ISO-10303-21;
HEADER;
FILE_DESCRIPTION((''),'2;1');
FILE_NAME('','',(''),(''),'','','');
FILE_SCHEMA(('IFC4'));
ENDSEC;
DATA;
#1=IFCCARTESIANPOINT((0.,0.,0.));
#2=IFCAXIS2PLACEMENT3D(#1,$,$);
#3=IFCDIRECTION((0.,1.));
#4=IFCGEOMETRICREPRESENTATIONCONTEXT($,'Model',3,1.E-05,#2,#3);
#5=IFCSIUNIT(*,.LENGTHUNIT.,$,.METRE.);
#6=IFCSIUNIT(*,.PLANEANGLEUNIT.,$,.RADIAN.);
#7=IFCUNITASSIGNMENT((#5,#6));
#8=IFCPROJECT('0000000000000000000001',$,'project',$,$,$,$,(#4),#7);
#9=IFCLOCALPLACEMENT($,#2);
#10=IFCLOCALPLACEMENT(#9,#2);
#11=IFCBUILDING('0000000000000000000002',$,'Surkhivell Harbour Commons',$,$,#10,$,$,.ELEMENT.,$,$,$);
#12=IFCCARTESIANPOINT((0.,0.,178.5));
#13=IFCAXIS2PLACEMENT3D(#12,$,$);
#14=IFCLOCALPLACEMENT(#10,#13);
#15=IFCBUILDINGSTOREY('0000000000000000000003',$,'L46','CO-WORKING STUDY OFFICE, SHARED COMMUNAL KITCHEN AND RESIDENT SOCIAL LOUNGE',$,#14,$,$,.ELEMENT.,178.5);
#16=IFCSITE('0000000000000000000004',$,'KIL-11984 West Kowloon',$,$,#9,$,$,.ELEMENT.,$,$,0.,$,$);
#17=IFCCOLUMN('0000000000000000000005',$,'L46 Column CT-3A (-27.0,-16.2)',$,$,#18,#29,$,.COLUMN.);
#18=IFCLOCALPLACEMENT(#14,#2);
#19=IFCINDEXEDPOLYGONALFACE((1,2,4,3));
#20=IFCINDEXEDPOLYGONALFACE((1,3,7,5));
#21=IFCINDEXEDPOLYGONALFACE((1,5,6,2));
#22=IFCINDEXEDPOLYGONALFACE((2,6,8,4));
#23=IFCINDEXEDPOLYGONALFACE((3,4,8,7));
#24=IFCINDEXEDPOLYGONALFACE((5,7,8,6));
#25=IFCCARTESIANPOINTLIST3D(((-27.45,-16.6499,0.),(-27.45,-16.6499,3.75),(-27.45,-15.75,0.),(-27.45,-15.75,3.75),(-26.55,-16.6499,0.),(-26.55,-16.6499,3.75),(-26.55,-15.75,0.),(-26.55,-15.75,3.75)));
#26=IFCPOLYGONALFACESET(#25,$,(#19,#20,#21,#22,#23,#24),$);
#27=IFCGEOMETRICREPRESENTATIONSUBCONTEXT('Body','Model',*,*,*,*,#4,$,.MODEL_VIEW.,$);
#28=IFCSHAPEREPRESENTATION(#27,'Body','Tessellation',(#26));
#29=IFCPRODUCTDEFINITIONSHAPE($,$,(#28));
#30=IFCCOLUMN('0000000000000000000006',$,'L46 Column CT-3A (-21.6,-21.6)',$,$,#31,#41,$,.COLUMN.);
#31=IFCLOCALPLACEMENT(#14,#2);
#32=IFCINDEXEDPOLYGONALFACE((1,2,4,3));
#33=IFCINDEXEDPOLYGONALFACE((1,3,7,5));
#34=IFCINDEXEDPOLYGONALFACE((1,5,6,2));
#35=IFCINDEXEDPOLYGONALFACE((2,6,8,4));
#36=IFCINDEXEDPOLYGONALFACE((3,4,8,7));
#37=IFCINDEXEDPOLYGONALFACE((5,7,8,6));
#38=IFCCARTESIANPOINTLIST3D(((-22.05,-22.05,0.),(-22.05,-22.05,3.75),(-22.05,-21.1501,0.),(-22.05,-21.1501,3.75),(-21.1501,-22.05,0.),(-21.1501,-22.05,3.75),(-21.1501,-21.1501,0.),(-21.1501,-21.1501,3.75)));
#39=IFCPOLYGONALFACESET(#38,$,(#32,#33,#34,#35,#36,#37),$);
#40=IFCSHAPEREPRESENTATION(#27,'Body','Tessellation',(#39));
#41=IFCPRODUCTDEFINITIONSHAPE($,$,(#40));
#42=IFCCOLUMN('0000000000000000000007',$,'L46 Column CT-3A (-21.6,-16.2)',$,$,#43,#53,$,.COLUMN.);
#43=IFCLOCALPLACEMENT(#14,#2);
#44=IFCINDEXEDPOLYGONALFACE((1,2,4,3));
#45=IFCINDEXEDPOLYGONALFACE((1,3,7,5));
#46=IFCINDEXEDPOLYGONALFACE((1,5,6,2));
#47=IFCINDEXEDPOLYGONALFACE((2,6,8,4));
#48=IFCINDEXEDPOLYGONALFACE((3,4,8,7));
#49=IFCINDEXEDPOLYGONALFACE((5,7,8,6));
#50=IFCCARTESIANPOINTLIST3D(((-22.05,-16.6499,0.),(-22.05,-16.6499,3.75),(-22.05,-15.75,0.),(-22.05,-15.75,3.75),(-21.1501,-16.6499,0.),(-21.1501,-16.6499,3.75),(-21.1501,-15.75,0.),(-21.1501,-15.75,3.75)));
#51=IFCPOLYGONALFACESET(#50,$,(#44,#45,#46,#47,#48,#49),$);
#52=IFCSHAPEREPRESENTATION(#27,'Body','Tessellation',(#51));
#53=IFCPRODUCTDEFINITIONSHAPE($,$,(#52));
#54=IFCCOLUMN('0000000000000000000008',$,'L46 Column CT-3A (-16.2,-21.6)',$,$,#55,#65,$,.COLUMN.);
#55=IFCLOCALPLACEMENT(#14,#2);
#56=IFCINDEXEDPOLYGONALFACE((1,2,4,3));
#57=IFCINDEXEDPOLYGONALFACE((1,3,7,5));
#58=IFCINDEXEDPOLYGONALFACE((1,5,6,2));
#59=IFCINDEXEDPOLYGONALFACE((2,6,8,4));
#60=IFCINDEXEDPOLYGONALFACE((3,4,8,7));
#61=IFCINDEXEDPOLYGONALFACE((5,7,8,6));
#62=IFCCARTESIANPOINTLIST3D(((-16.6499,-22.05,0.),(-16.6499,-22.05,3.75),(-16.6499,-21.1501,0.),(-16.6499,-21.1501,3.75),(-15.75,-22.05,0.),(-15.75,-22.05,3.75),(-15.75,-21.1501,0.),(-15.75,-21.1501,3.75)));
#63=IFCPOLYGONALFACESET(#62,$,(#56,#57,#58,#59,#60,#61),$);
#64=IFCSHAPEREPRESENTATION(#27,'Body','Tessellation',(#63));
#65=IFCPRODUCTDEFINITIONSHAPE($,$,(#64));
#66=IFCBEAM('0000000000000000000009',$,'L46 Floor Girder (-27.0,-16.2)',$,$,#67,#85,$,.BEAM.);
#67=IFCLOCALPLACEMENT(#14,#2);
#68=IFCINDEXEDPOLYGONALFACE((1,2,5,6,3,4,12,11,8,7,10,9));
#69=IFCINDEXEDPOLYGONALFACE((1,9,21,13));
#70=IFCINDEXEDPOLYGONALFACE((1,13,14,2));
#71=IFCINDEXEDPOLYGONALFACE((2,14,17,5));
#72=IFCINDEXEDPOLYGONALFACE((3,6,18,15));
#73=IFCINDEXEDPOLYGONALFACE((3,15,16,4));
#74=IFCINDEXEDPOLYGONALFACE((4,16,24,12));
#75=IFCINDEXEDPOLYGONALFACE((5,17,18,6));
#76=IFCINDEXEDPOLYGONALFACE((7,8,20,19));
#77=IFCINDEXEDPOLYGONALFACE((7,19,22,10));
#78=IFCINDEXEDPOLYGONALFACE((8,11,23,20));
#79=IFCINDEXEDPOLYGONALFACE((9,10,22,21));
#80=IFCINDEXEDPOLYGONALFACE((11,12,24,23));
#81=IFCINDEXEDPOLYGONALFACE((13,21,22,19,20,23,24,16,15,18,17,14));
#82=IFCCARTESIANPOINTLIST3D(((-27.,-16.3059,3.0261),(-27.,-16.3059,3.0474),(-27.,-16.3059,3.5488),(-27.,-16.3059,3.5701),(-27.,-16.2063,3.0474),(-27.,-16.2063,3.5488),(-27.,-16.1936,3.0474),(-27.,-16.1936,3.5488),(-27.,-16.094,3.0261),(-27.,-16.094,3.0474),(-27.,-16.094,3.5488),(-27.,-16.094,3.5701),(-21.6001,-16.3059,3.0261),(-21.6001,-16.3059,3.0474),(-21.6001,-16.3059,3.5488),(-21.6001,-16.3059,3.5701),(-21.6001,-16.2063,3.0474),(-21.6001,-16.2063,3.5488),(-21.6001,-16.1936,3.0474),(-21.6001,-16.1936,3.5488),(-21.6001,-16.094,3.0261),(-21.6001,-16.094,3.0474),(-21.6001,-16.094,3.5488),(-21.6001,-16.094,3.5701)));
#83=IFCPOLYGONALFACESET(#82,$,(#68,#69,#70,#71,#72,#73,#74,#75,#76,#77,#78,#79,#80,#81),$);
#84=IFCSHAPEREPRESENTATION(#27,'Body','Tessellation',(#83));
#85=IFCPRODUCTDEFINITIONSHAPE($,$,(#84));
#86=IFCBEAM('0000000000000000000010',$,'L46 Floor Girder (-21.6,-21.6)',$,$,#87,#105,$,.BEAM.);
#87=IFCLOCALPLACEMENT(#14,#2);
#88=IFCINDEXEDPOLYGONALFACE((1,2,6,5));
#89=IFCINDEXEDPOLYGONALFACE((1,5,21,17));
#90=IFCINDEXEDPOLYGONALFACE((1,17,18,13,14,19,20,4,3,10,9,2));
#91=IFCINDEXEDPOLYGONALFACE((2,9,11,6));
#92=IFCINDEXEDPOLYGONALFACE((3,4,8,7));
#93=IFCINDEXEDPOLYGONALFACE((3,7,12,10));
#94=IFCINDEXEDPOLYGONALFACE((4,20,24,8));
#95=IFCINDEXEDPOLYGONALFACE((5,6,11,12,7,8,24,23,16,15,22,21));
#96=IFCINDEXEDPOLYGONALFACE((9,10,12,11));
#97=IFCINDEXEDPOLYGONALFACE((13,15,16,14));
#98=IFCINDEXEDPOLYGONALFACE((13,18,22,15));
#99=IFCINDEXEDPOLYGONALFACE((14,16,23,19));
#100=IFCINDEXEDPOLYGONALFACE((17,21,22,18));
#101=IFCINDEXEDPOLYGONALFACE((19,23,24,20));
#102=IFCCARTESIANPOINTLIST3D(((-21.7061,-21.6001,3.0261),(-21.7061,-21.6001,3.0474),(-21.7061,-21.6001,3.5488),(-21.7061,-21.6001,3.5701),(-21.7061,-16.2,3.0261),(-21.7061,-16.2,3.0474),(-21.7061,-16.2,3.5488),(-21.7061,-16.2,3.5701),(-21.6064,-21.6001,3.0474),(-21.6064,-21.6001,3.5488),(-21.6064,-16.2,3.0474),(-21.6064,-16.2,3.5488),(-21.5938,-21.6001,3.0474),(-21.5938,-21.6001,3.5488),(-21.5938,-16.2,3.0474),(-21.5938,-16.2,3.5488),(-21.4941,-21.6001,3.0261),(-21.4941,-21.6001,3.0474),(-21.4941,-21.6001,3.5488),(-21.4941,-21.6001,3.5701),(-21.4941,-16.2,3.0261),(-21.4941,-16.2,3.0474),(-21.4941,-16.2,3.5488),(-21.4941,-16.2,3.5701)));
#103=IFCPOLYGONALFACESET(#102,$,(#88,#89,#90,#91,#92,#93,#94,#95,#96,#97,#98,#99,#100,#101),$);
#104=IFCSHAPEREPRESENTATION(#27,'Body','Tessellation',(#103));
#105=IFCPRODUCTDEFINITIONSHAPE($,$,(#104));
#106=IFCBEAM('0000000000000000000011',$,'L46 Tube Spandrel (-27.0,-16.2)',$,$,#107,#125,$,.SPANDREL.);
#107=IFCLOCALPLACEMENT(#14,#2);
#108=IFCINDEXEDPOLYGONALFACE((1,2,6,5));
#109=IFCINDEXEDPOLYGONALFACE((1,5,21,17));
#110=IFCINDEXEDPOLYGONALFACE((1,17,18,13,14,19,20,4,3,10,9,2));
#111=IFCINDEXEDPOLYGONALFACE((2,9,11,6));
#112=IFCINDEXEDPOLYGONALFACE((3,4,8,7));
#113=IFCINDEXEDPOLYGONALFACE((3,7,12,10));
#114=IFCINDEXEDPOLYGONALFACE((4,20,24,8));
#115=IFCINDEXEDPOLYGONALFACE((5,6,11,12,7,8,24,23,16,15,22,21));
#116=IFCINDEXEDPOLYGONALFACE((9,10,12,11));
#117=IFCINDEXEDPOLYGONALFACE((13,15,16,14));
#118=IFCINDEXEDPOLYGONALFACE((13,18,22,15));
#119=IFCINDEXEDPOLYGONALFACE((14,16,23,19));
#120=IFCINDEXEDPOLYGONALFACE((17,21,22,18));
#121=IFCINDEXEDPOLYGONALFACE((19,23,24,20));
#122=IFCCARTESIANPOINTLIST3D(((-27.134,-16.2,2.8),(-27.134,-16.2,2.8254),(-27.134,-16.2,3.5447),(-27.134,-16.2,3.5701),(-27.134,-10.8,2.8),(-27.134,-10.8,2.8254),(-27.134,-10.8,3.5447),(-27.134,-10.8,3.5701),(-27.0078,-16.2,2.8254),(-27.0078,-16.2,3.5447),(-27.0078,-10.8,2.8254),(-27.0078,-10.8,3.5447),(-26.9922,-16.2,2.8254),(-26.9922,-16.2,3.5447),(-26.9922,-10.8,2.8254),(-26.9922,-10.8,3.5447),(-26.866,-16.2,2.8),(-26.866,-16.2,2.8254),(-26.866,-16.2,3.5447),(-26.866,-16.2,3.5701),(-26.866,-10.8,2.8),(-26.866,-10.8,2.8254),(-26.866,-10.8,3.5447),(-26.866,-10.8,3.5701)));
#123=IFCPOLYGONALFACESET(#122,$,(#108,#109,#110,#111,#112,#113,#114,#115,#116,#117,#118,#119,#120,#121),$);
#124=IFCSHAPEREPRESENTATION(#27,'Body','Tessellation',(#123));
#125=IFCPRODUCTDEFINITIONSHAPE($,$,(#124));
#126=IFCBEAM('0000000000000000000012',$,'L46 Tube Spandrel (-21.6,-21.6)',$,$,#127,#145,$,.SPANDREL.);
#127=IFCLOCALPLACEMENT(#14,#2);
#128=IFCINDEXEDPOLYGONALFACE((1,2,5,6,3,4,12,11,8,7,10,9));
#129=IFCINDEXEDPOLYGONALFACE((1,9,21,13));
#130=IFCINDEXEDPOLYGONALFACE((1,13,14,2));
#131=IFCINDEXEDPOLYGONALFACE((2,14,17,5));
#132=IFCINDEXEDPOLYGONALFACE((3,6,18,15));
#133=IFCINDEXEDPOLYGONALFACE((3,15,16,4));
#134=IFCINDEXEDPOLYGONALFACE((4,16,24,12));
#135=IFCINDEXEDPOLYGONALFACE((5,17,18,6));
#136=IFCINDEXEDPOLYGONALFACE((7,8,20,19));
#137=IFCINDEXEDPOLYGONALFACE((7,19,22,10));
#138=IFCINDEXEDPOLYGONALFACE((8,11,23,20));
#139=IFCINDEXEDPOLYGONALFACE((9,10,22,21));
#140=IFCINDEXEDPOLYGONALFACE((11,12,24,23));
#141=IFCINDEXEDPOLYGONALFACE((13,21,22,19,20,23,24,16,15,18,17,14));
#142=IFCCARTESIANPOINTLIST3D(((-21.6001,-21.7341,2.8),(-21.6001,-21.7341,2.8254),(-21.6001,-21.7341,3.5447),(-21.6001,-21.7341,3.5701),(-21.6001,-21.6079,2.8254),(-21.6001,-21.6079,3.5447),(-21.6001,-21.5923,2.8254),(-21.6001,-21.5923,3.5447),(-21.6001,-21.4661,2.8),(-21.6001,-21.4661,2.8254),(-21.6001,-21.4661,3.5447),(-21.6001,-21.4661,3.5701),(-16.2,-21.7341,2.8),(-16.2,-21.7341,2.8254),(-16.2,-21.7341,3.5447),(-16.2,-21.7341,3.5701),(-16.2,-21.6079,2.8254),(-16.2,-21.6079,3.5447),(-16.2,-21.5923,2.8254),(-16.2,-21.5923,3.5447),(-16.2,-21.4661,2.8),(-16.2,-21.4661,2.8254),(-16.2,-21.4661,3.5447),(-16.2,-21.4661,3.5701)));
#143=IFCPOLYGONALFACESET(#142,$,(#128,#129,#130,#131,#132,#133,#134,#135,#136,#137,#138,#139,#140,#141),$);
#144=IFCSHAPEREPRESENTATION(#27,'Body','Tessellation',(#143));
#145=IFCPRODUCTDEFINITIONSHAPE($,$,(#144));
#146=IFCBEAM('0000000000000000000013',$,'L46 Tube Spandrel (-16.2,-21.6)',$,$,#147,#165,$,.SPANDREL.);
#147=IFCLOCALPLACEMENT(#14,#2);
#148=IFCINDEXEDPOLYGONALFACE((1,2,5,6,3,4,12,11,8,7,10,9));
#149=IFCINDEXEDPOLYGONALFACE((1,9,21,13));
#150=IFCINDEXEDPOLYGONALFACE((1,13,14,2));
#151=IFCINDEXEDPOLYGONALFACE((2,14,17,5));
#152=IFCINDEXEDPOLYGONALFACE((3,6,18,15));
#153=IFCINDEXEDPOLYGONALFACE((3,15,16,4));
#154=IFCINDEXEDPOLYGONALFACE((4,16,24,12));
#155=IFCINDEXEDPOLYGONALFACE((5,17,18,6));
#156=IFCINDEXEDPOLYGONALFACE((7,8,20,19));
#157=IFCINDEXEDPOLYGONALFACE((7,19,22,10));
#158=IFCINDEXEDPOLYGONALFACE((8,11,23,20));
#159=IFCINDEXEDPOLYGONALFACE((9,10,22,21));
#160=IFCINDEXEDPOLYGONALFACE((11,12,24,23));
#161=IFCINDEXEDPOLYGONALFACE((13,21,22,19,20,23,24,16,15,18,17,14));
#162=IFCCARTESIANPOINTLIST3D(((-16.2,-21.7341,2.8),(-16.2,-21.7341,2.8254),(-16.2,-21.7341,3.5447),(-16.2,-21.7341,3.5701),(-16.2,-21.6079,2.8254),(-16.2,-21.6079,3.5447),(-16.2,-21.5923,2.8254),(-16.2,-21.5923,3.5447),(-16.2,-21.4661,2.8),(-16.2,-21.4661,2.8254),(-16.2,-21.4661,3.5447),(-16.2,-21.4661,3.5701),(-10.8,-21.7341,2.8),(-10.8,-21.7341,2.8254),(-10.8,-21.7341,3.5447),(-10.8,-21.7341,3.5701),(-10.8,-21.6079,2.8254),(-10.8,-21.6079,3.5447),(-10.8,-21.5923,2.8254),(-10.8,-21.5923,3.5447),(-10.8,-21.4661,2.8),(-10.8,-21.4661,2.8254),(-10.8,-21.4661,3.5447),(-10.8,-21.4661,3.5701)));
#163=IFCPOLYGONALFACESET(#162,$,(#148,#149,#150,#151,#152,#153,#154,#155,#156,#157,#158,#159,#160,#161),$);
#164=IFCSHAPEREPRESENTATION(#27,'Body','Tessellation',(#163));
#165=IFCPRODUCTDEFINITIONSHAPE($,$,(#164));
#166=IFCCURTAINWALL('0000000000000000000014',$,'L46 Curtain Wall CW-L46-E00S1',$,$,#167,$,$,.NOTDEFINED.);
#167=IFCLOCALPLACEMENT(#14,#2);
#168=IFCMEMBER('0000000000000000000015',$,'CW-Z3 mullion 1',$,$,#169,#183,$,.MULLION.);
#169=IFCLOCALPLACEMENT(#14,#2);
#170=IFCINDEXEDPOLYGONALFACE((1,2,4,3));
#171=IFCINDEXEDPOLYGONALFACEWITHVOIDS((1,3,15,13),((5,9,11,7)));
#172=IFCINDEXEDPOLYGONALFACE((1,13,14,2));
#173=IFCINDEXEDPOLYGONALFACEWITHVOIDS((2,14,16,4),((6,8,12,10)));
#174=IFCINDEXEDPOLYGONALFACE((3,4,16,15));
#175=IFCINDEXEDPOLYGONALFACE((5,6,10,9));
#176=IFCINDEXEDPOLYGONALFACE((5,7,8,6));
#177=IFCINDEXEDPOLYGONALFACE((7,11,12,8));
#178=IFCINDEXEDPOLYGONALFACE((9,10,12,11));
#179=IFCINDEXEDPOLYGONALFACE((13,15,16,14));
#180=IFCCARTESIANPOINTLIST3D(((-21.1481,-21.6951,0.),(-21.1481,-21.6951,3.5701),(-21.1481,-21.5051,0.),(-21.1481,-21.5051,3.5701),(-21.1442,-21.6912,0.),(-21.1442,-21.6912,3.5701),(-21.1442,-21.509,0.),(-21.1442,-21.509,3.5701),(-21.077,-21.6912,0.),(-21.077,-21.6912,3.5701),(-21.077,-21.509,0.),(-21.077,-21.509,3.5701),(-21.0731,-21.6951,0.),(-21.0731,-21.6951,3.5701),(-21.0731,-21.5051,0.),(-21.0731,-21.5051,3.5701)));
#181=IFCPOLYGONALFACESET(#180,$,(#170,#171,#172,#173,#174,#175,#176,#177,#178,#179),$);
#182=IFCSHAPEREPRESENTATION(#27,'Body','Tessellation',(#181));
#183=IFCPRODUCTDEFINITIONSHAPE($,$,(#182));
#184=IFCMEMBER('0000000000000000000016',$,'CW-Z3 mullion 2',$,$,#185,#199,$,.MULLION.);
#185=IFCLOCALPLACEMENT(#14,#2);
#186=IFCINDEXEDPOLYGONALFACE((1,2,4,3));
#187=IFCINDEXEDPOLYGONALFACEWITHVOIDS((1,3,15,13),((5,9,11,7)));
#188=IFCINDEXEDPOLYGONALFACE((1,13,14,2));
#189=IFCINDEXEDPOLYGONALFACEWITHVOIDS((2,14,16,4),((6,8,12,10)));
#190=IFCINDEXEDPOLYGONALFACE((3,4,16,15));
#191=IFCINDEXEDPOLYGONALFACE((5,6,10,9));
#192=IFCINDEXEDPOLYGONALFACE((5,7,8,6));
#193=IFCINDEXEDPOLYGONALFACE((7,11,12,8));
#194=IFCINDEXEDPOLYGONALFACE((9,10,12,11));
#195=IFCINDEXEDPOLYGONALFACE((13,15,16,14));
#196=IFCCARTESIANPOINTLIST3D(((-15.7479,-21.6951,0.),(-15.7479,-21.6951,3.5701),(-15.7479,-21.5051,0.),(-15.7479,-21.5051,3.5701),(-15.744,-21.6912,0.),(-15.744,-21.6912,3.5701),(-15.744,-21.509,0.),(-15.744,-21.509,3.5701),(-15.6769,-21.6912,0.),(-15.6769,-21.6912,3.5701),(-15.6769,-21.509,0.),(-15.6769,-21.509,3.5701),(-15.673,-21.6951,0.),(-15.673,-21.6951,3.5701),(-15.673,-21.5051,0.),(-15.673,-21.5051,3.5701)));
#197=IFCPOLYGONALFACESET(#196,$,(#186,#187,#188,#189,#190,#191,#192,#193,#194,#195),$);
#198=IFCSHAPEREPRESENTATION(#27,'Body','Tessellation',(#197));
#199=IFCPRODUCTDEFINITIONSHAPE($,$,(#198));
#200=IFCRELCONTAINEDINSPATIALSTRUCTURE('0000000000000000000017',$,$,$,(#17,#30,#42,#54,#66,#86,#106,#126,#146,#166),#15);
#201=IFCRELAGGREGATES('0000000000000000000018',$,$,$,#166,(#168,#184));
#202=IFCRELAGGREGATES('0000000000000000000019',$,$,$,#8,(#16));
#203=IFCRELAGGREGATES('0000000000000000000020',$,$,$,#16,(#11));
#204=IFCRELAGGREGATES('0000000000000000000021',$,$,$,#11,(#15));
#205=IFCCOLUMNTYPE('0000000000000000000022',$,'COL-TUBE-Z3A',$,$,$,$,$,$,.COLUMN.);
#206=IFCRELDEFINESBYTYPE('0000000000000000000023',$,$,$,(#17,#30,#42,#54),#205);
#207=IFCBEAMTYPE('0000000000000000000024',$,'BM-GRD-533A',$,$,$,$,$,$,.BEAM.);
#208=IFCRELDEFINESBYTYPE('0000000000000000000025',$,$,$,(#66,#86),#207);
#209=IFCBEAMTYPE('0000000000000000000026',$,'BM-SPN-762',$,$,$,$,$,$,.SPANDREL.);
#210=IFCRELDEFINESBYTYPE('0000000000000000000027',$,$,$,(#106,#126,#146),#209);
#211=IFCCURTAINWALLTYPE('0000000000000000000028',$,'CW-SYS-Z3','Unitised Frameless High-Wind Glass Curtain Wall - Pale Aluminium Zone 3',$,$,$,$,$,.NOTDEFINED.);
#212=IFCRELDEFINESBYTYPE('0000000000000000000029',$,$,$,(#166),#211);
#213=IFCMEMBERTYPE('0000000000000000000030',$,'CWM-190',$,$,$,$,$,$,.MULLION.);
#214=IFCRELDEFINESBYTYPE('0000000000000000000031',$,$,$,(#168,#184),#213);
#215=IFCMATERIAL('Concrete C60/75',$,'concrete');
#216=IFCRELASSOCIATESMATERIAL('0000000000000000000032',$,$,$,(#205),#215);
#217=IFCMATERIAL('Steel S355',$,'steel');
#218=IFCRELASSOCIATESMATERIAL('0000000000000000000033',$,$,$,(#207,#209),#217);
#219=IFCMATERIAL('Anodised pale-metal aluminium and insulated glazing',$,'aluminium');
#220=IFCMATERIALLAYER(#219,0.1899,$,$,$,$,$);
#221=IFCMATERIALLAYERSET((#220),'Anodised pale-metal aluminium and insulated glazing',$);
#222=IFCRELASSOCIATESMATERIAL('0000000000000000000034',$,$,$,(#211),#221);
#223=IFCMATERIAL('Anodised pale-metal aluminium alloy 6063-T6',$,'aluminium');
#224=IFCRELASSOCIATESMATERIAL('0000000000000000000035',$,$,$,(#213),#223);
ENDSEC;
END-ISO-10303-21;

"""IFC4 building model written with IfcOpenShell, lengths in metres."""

from ifc_helpers import new_model, si_unit, direction, frame, origin, origin_2d, place, context, subcontext, project, spatial, rectangle, hollow_rectangle, i_section, extrude, material, layer, layer_set, material_profile, profile_set, type_object, element, aggregate, save


model = new_model("IFC4")

# Units and contexts
model_context = context("Model", 3, precision=1e-05, world=origin(), true_north=direction((0.0, 1.0)))
body_context = subcontext(model_context, "Body", "Model", "MODEL_VIEW")
ifc_project = project(units=[si_unit("LENGTHUNIT", "METRE"), si_unit("PLANEANGLEUNIT", "RADIAN")], contexts=[model_context])

# Site, building, storey
site_placement = place(None, origin())
site = spatial("IfcSite", under=ifc_project, at=site_placement, Name="KIL-11984 West Kowloon", CompositionType="ELEMENT", RefElevation=0.0)
building_placement = place(site_placement, origin())
building = spatial("IfcBuilding", under=site, at=building_placement, Name="Surkhivell Harbour Commons", CompositionType="ELEMENT")
storey_placement = place(building_placement, frame((0.0, 0.0, 178.5)))
storey = spatial("IfcBuildingStorey", under=building, at=storey_placement, Name="L46", Description="CO-WORKING STUDY OFFICE, SHARED COMMUNAL KITCHEN AND RESIDENT SOCIAL LOUNGE", CompositionType="ELEMENT", Elevation=178.5)

# Columns
ifc_material_1 = material(Name="Concrete C60/75", Category="concrete")
ifc_material_profile_1 = material_profile(ifc_material_1, rectangle(XDim=0.8999, YDim=0.8999, at=origin_2d()), Name="RC-COL-900x900")
ifc_profile_set_1 = profile_set([ifc_material_profile_1], Name="Concrete C60/75")
column_type = type_object("IfcColumnType", Name="COL-TUBE-Z3A", PredefinedType="COLUMN", material=ifc_profile_set_1)
for number, where, z_axis, x_axis, name in (
    (1, (-27.0, -16.2, 0.0), (0.0, 0.0, 1.0), (1.0, 0.0, 0.0), "L46 Column CT-3A (-27.0,-16.2)"),
    (2, (-21.6001, -21.6001, 0.0), (0.0, 0.0, 1.0), (1.0, 0.0, 0.0), "L46 Column CT-3A (-21.6,-21.6)"),
    (3, (-21.6001, -16.2, 0.0), (0.0, 0.0, 1.0), (1.0, 0.0, 0.0), "L46 Column CT-3A (-21.6,-16.2)"),
    (4, (-16.2, -21.6001, 0.0), (0.0, 0.0, 1.0), (1.0, 0.0, 0.0), "L46 Column CT-3A (-16.2,-21.6)"),
):
    element("IfcColumn", number, at=place(storey_placement, frame(where, z_axis=z_axis, x_axis=x_axis)), inside=storey, type_object=column_type, Name=name, PredefinedType="COLUMN", context=body_context, shape_type="SweptSolid", body=[
        extrude(rectangle(XDim=0.8999, YDim=0.8999, at=origin_2d()), origin(), (0.0, 0.0, 1.0), 3.75),
    ])

# Beams
ifc_material_2 = material(Name="Steel S355", Category="steel")
ifc_material_profile_2 = material_profile(ifc_material_2, i_section(OverallWidth=0.2119, OverallDepth=0.5439, WebThickness=0.0127, FlangeThickness=0.0212, at=origin_2d()), Name="UB533x210x122")
ifc_profile_set_2 = profile_set([ifc_material_profile_2], Name="Steel S355")
beam_type_1 = type_object("IfcBeamType", Name="BM-GRD-533A", PredefinedType="BEAM", material=ifc_profile_set_2)
beam_1_placement = place(storey_placement, frame((-27.0, -16.2, 3.2981), z_axis=(1.0, 0.0, 0.0), x_axis=(0.0, 1.0, 0.0)))
element("IfcBeam", 5, at=beam_1_placement, inside=storey, type_object=beam_type_1, Name="L46 Floor Girder (-27.0,-16.2)", PredefinedType="BEAM", context=body_context, shape_type="SweptSolid", body=[
    extrude(i_section(OverallWidth=0.2119, OverallDepth=0.5439, WebThickness=0.0127, FlangeThickness=0.0212, at=origin_2d()), origin(), (0.0, 0.0, 1.0), 5.3999),
])
beam_2_placement = place(storey_placement, frame((-21.6001, -21.6001, 3.2981), z_axis=(0.0, 1.0, 0.0), x_axis=(-1.0, 0.0, 0.0)))
element("IfcBeam", 6, at=beam_2_placement, inside=storey, type_object=beam_type_1, Name="L46 Floor Girder (-21.6,-21.6)", PredefinedType="BEAM", context=body_context, shape_type="SweptSolid", body=[
    extrude(i_section(OverallWidth=0.2119, OverallDepth=0.5439, WebThickness=0.0127, FlangeThickness=0.0212, at=origin_2d()), origin(), (0.0, 0.0, 1.0), 5.4001),
])
ifc_material_profile_3 = material_profile(ifc_material_2, i_section(OverallWidth=0.2681, OverallDepth=0.77, WebThickness=0.0156, FlangeThickness=0.0254, at=origin_2d()), Name="UB762x267x197")
ifc_profile_set_3 = profile_set([ifc_material_profile_3], Name="Steel S355")
beam_type_2 = type_object("IfcBeamType", Name="BM-SPN-762", PredefinedType="SPANDREL", material=ifc_profile_set_3)
beam_3_placement = place(storey_placement, frame((-27.0, -16.2, 3.1851), z_axis=(0.0, 1.0, 0.0), x_axis=(-1.0, 0.0, 0.0)))
element("IfcBeam", 7, at=beam_3_placement, inside=storey, type_object=beam_type_2, Name="L46 Tube Spandrel (-27.0,-16.2)", PredefinedType="SPANDREL", context=body_context, shape_type="SweptSolid", body=[
    extrude(i_section(OverallWidth=0.2681, OverallDepth=0.77, WebThickness=0.0156, FlangeThickness=0.0254, at=origin_2d()), origin(), (0.0, 0.0, 1.0), 5.3999),
])
beam_4_placement = place(storey_placement, frame((-21.6001, -21.6001, 3.1851), z_axis=(1.0, 0.0, 0.0), x_axis=(0.0, 1.0, 0.0)))
element("IfcBeam", 8, at=beam_4_placement, inside=storey, type_object=beam_type_2, Name="L46 Tube Spandrel (-21.6,-21.6)", PredefinedType="SPANDREL", context=body_context, shape_type="SweptSolid", body=[
    extrude(i_section(OverallWidth=0.2681, OverallDepth=0.77, WebThickness=0.0156, FlangeThickness=0.0254, at=origin_2d()), origin(), (0.0, 0.0, 1.0), 5.4001),
])
beam_5_placement = place(storey_placement, frame((-16.2, -21.6001, 3.1851), z_axis=(1.0, 0.0, 0.0), x_axis=(0.0, 1.0, 0.0)))
element("IfcBeam", 9, at=beam_5_placement, inside=storey, type_object=beam_type_2, Name="L46 Tube Spandrel (-16.2,-21.6)", PredefinedType="SPANDREL", context=body_context, shape_type="SweptSolid", body=[
    extrude(i_section(OverallWidth=0.2681, OverallDepth=0.77, WebThickness=0.0156, FlangeThickness=0.0254, at=origin_2d()), origin(), (0.0, 0.0, 1.0), 5.3999),
])

# Curtain wall, members
ifc_material_3 = material(Name="Anodised pale-metal aluminium and insulated glazing", Category="aluminium")
ifc_layer_1 = layer(ifc_material_3, 0.1899)
ifc_layer_set_1 = layer_set([ifc_layer_1], Name="Anodised pale-metal aluminium and insulated glazing")
curtain_wall_type = type_object("IfcCurtainWallType", Name="CW-SYS-Z3", Description="Unitised Frameless High-Wind Glass Curtain Wall - Pale Aluminium Zone 3", PredefinedType="NOTDEFINED", material=ifc_layer_set_1)
curtain_wall_placement = place(storey_placement, origin())
curtain_wall = element("IfcCurtainWall", 10, at=curtain_wall_placement, inside=storey, type_object=curtain_wall_type, Name="L46 Curtain Wall CW-L46-E00S1", PredefinedType="NOTDEFINED")
ifc_material_4 = material(Name="Anodised pale-metal aluminium alloy 6063-T6", Category="aluminium")
ifc_material_profile_4 = material_profile(ifc_material_4, hollow_rectangle(XDim=0.075, YDim=0.1899, WallThickness=0.0039, at=origin_2d()), Name="ALU-MULL-75x190")
ifc_profile_set_4 = profile_set([ifc_material_profile_4], Name="Anodised pale-metal aluminium alloy 6063-T6")
member_type_1 = type_object("IfcMemberType", Name="CWM-190", PredefinedType="MULLION", material=ifc_profile_set_4)
member_1_placement = place(storey_placement, frame((-21.1106, -21.6001, 0.0), z_axis=(0.0, 0.0, 1.0), x_axis=(1.0, 0.0, 0.0)))
member_1 = element("IfcMember", 11, at=member_1_placement, type_object=member_type_1, Name="CW-Z3 mullion 1", PredefinedType="MULLION", context=body_context, shape_type="SweptSolid", body=[
    extrude(hollow_rectangle(XDim=0.075, YDim=0.1899, WallThickness=0.0039, at=origin_2d()), origin(), (0.0, 0.0, 1.0), 3.5701),
])
member_2_placement = place(storey_placement, frame((-15.7104, -21.6001, 0.0), z_axis=(0.0, 0.0, 1.0), x_axis=(1.0, 0.0, 0.0)))
member_2 = element("IfcMember", 12, at=member_2_placement, type_object=member_type_1, Name="CW-Z3 mullion 2", PredefinedType="MULLION", context=body_context, shape_type="SweptSolid", body=[
    extrude(hollow_rectangle(XDim=0.075, YDim=0.1899, WallThickness=0.0039, at=origin_2d()), origin(), (0.0, 0.0, 1.0), 3.5701),
])

aggregate(curtain_wall, [member_1, member_2])

save(model, "model.ifc")
